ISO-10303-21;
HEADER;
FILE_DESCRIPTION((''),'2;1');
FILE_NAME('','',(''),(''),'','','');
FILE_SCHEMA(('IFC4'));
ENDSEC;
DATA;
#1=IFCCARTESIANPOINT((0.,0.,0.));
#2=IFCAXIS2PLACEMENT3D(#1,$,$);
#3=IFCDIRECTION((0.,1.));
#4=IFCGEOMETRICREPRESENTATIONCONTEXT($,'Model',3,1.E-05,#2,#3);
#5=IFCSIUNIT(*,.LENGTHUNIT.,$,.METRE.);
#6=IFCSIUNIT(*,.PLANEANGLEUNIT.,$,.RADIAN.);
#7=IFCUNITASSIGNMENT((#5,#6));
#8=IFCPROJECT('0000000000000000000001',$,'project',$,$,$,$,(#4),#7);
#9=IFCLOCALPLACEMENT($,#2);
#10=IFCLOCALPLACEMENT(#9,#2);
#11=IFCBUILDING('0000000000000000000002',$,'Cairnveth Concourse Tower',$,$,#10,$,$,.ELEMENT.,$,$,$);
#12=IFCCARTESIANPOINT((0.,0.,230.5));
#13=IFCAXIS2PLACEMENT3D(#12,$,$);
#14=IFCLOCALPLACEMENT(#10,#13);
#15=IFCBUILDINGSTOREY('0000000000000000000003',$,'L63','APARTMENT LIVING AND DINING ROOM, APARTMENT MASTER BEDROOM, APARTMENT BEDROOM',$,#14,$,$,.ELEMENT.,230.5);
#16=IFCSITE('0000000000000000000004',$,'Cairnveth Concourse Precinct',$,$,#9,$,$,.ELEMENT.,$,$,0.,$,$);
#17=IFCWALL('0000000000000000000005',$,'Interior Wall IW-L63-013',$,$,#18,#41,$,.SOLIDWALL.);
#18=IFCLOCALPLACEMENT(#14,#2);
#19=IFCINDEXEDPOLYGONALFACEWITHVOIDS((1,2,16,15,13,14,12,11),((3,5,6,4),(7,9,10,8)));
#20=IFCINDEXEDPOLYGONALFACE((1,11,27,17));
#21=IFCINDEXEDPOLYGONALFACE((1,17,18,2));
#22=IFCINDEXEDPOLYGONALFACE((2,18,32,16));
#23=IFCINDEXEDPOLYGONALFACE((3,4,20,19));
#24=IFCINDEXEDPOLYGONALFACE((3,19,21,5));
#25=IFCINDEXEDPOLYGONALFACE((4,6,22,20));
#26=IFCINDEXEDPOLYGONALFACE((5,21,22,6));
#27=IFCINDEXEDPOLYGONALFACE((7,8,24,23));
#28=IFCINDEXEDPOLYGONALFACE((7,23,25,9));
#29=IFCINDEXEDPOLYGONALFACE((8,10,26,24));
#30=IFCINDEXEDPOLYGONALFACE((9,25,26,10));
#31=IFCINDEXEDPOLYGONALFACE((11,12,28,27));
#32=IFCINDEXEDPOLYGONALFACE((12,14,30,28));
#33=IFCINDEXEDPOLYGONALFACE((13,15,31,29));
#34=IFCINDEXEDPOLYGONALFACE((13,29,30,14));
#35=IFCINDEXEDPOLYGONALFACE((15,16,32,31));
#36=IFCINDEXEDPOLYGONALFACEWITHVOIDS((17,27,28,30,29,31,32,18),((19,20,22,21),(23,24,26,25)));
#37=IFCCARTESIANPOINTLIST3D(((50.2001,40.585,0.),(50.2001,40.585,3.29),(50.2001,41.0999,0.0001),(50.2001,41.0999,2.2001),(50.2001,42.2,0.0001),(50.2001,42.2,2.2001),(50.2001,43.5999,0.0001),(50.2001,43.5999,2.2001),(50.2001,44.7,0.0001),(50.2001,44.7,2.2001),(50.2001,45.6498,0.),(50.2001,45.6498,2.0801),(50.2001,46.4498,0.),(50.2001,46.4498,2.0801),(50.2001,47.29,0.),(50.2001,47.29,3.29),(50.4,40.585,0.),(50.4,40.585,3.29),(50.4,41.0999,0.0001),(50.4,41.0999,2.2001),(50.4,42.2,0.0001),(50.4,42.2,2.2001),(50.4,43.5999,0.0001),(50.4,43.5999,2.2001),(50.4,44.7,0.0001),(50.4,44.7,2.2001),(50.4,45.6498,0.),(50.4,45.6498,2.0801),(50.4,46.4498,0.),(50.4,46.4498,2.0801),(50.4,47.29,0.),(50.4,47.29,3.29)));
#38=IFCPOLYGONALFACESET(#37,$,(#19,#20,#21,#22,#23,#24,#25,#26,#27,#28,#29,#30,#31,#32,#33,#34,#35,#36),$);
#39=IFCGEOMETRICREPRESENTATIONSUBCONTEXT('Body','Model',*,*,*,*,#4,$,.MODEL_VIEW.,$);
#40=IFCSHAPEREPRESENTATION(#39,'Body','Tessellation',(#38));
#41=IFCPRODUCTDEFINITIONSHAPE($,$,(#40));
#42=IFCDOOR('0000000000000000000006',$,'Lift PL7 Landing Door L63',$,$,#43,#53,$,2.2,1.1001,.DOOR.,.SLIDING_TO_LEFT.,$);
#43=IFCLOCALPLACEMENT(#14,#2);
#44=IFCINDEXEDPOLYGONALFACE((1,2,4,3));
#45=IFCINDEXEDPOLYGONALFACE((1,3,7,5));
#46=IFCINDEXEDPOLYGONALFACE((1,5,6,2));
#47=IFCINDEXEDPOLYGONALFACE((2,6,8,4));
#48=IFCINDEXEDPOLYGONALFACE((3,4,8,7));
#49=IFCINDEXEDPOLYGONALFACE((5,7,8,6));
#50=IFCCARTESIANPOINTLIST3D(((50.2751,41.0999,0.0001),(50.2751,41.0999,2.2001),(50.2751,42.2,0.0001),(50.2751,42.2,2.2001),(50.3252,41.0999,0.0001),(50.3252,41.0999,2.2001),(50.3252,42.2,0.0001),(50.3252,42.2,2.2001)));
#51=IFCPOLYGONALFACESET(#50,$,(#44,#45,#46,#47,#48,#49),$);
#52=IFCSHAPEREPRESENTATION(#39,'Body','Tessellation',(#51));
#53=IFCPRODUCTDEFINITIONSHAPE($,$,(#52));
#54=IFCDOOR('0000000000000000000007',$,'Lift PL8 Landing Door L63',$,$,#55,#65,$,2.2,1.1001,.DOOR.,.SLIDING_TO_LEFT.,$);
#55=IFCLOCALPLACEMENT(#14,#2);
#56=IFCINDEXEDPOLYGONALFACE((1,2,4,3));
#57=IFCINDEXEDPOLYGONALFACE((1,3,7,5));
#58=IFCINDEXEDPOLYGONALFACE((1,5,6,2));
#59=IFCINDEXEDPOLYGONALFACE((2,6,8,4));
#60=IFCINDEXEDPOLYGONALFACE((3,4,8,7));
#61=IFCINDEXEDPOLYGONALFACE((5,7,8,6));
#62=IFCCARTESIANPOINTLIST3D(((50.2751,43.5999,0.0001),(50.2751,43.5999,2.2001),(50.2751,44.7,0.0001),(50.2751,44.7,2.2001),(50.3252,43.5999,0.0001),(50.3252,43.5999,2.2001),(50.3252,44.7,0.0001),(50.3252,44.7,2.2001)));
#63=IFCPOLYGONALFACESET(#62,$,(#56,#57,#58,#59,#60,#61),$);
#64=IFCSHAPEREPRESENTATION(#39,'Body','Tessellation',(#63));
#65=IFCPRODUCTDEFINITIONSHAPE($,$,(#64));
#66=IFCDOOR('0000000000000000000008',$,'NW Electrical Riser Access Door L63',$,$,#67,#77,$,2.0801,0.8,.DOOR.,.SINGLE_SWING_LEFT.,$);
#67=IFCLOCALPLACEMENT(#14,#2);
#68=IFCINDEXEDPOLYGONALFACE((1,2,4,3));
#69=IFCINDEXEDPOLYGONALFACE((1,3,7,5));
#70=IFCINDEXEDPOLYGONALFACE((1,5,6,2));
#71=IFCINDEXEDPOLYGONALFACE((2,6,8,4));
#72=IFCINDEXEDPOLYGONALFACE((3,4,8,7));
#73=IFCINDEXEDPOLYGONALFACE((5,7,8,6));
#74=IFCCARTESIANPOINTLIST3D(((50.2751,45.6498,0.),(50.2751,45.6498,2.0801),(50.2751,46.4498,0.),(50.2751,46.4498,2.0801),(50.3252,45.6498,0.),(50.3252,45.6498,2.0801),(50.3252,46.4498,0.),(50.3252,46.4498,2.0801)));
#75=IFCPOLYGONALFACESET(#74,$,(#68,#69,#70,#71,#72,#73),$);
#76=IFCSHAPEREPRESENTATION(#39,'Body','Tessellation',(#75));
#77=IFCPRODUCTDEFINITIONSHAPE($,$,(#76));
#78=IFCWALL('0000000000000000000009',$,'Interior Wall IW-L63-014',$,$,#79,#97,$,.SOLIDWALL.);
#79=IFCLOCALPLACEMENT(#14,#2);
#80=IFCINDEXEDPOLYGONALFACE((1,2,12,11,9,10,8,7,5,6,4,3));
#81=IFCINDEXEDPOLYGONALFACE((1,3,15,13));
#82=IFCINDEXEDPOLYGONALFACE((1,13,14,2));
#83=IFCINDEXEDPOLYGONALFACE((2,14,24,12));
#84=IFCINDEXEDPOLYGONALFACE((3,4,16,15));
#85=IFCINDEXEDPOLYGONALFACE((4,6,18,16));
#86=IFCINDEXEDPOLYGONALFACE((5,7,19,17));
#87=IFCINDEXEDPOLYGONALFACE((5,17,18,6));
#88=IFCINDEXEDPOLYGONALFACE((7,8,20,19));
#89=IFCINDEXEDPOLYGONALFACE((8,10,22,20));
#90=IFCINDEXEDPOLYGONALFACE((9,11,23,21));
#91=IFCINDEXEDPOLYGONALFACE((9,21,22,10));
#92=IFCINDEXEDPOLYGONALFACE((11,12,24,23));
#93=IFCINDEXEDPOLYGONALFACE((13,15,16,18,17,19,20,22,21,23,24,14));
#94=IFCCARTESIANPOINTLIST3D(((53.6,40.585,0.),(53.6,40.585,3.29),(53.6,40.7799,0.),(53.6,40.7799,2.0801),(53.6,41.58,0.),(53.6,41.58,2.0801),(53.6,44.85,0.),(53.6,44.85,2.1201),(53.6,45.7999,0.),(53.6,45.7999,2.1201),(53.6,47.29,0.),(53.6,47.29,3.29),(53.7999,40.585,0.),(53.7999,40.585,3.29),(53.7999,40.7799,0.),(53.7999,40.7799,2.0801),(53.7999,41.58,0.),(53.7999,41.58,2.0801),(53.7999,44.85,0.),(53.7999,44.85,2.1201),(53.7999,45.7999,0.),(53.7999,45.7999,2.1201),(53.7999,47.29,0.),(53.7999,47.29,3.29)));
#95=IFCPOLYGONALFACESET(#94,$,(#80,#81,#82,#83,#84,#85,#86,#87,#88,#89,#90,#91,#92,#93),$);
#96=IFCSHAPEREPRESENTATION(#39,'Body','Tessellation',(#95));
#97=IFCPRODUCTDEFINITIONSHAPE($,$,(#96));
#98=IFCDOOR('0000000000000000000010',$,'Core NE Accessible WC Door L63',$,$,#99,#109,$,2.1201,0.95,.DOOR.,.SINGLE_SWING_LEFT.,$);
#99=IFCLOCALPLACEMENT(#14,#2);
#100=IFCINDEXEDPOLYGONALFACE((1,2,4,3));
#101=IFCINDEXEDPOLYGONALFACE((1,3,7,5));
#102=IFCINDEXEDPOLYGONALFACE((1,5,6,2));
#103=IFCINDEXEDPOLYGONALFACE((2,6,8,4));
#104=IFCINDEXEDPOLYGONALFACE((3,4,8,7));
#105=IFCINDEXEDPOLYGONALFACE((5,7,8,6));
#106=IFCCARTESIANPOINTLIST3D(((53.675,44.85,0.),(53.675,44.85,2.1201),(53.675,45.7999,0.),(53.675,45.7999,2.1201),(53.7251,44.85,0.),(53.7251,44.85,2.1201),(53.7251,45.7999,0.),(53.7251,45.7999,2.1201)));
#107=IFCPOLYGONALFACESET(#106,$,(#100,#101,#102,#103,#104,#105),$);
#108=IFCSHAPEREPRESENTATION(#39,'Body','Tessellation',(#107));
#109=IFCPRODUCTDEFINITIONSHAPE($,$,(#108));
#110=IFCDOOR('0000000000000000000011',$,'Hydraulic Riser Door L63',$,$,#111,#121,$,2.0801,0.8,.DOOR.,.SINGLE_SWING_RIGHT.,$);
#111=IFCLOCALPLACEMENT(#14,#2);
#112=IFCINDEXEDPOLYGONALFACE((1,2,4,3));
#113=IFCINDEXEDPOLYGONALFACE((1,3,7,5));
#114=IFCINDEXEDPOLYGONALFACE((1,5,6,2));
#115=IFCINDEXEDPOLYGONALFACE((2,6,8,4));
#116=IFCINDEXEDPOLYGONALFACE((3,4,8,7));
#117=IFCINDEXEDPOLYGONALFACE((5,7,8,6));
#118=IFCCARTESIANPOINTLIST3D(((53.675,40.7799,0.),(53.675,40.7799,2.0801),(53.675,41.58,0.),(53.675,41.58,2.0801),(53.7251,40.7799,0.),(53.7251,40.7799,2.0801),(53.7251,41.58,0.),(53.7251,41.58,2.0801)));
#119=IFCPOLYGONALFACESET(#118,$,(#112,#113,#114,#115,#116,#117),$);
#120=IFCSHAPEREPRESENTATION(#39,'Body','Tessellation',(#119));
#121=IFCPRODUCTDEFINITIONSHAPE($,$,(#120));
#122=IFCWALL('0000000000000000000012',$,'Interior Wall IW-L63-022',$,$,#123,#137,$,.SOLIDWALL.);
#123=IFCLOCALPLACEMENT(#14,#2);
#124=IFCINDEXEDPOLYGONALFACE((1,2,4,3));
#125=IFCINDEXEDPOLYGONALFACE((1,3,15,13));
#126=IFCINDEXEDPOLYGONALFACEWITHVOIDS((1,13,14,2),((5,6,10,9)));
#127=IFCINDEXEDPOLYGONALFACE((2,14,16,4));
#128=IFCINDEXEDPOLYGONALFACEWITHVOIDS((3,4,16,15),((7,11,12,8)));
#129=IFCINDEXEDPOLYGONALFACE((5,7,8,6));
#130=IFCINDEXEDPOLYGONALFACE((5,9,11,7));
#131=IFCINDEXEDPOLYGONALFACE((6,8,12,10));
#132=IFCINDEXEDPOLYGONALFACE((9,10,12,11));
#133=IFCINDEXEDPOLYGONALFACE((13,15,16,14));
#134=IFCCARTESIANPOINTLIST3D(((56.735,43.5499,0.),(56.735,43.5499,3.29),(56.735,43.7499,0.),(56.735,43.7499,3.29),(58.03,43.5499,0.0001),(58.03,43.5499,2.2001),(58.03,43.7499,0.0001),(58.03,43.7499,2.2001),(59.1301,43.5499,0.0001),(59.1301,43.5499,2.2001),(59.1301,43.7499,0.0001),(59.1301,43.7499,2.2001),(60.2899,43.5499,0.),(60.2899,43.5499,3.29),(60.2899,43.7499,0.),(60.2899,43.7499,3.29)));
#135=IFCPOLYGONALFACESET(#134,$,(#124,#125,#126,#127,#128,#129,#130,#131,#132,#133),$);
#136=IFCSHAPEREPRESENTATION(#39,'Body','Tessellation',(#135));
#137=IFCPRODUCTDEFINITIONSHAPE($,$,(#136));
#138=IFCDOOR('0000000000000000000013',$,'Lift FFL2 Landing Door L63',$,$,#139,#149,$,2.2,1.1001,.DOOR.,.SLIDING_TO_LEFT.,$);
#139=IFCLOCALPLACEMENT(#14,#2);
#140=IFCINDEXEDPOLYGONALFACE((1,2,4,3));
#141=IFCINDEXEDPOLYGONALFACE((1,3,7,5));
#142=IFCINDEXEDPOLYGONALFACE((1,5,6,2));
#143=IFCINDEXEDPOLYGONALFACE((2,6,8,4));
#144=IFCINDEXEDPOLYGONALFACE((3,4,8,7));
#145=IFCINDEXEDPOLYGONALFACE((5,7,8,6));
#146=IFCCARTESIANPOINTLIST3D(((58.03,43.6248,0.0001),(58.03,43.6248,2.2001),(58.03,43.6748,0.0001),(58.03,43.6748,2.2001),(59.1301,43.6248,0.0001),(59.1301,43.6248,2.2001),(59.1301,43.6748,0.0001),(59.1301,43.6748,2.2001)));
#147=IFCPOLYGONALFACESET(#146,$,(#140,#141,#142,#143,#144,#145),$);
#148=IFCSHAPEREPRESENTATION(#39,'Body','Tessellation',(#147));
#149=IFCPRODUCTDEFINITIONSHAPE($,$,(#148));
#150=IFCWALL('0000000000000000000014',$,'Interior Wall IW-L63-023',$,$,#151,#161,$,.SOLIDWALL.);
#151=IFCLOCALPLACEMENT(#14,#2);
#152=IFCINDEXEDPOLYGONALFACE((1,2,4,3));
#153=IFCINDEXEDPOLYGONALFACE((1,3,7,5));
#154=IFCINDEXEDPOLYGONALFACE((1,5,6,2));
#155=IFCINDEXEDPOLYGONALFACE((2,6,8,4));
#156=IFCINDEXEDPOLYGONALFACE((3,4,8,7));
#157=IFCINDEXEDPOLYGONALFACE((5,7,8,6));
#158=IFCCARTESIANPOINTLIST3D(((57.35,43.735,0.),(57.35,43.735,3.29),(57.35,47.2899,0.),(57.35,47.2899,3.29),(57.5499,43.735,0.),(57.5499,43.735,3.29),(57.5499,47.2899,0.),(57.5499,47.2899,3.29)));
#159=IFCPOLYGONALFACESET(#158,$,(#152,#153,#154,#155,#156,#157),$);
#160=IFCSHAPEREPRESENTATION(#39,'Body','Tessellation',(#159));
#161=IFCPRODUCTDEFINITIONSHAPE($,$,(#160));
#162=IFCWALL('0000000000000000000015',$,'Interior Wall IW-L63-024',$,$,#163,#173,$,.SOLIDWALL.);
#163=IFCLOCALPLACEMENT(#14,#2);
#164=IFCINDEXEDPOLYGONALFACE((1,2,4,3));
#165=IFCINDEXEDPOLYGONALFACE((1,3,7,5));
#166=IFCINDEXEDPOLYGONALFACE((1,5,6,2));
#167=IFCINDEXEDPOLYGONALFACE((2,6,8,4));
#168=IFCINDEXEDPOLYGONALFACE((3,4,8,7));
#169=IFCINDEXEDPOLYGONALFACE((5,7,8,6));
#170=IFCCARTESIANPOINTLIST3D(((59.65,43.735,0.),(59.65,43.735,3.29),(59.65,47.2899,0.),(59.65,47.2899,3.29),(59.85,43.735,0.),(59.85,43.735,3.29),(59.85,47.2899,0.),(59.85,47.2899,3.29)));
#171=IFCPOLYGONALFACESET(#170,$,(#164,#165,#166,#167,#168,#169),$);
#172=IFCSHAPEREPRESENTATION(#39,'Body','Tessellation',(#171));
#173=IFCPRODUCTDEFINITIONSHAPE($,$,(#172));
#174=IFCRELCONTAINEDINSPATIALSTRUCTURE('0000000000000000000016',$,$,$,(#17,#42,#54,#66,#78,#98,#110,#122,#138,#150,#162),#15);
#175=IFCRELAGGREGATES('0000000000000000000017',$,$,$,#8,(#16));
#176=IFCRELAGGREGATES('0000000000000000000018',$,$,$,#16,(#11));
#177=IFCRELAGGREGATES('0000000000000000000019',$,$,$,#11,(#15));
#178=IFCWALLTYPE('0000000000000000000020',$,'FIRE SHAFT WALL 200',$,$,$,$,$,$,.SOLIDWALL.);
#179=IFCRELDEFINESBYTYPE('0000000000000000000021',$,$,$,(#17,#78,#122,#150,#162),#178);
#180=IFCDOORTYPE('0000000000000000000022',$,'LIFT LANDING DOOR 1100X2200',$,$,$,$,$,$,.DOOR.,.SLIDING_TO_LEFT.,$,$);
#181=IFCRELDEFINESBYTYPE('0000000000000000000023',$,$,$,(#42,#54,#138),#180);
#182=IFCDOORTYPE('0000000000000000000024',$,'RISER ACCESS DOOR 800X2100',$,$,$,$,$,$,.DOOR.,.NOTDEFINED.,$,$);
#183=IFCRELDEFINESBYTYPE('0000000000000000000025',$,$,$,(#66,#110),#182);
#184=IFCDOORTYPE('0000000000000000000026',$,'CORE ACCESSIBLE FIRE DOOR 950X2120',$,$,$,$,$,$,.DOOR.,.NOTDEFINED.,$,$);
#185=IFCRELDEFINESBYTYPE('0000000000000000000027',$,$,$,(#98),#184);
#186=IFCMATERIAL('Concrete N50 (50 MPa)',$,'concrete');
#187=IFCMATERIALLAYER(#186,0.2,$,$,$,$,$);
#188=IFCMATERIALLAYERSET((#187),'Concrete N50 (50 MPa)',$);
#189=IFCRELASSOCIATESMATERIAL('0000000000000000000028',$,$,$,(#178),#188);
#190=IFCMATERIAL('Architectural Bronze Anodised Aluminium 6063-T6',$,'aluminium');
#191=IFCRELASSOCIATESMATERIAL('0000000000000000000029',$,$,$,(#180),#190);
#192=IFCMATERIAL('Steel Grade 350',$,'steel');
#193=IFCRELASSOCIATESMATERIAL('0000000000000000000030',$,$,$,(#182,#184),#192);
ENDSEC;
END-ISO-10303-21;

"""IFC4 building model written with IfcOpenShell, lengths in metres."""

from ifc_helpers import new_model, si_unit, direction, frame, frame_2d, origin, place, context, subcontext, project, spatial, rectangle, extrude, material, layer, layer_set, type_object, element, fill, save


model = new_model("IFC4")

# Units and contexts
model_context = context("Model", 3, precision=1e-05, world=origin(), true_north=direction((0.0, 1.0)))
body_context = subcontext(model_context, "Body", "Model", "MODEL_VIEW")
ifc_project = project(units=[si_unit("LENGTHUNIT", "METRE"), si_unit("PLANEANGLEUNIT", "RADIAN")], contexts=[model_context])

# Site, building, storey
site_placement = place(None, origin())
site = spatial("IfcSite", under=ifc_project, at=site_placement, Name="Cairnveth Concourse Precinct", CompositionType="ELEMENT", RefElevation=0.0)
building_placement = place(site_placement, origin())
building = spatial("IfcBuilding", under=site, at=building_placement, Name="Cairnveth Concourse Tower", CompositionType="ELEMENT")
storey_placement = place(building_placement, frame((0.0, 0.0, 230.5)))
storey = spatial("IfcBuildingStorey", under=building, at=storey_placement, Name="L63", Description="APARTMENT LIVING AND DINING ROOM, APARTMENT MASTER BEDROOM, APARTMENT BEDROOM", CompositionType="ELEMENT", Elevation=230.5)

# Shared definitions
ifc_material_1 = material(Name="Steel Grade 350", Category="steel")

# Shared definitions
ifc_material_2 = material(Name="Concrete N50 (50 MPa)", Category="concrete")
ifc_layer_1 = layer(ifc_material_2, 0.2)
ifc_layer_set_1 = layer_set([ifc_layer_1], Name="Concrete N50 (50 MPa)")
wall_type_1 = type_object("IfcWallType", Name="FIRE SHAFT WALL 200", PredefinedType="SOLIDWALL", material=ifc_layer_set_1)

# Walls, openings, doors
wall_1_placement = place(storey_placement, frame((50.3, 40.585, 0.0), z_axis=(0.0, 0.0, 1.0), x_axis=(0.0, 1.0, 0.0)))
wall_1 = element("IfcWall", 1, at=wall_1_placement, inside=storey, type_object=wall_type_1, Name="Interior Wall IW-L63-013", PredefinedType="SOLIDWALL", context=body_context, shape_type="SweptSolid", body=[
    extrude(rectangle(XDim=6.7051, YDim=0.2, at=frame_2d((3.3525, 0.0))), origin(), (0.0, 0.0, 1.0), 3.29),
])
opening_1_placement = place(wall_1_placement, frame((0.5149, 0.0, 0.0)))
opening_1 = element("IfcOpeningElement", 2, at=opening_1_placement, cuts=wall_1, PredefinedType="OPENING", context=body_context, shape_type="SweptSolid", body=[
    extrude(rectangle(XDim=1.1001, YDim=2.2, at=frame_2d((0.55, 1.1001))), frame((0.0, 0.1099, 0.0), z_axis=(0.0, -1.0, 0.0), x_axis=(1.0, 0.0, 0.0)), (0.0, 0.0, 1.0), 0.22),
])
opening_2_placement = place(wall_1_placement, frame((3.0149, 0.0, 0.0)))
opening_2 = element("IfcOpeningElement", 3, at=opening_2_placement, cuts=wall_1, PredefinedType="OPENING", context=body_context, shape_type="SweptSolid", body=[
    extrude(rectangle(XDim=1.1001, YDim=2.2, at=frame_2d((0.55, 1.1001))), frame((0.0, 0.1099, 0.0), z_axis=(0.0, -1.0, 0.0), x_axis=(1.0, 0.0, 0.0)), (0.0, 0.0, 1.0), 0.22),
])
opening_3_placement = place(wall_1_placement, frame((5.0649, 0.0, 0.0)))
opening_3 = element("IfcOpeningElement", 4, at=opening_3_placement, cuts=wall_1, PredefinedType="OPENING", context=body_context, shape_type="SweptSolid", body=[
    extrude(rectangle(XDim=0.8, YDim=2.0801, at=frame_2d((0.3999, 1.04))), frame((0.0, 0.1099, 0.0), z_axis=(0.0, -1.0, 0.0), x_axis=(1.0, 0.0, 0.0)), (0.0, 0.0, 1.0), 0.22),
])
ifc_material_3 = material(Name="Architectural Bronze Anodised Aluminium 6063-T6", Category="aluminium")
door_type_1 = type_object("IfcDoorType", Name="LIFT LANDING DOOR 1100X2200", OperationType="SLIDING_TO_LEFT", PredefinedType="DOOR", material=ifc_material_3)
door_1_placement = place(opening_1_placement, origin())
door_1 = element("IfcDoor", 5, at=door_1_placement, inside=storey, type_object=door_type_1, Name="Lift PL7 Landing Door L63", OperationType="SLIDING_TO_LEFT", OverallHeight=2.2, OverallWidth=1.1001, PredefinedType="DOOR", context=body_context, shape_type="SweptSolid", body=[
    extrude(rectangle(XDim=1.1001, YDim=2.2, at=frame_2d((0.55, 1.1001))), frame((0.0, 0.0249, 0.0), z_axis=(0.0, -1.0, 0.0), x_axis=(1.0, 0.0, 0.0)), (0.0, 0.0, 1.0), 0.05),
])
fill(opening_1, door_1)
door_2_placement = place(opening_2_placement, origin())
door_2 = element("IfcDoor", 6, at=door_2_placement, inside=storey, type_object=door_type_1, Name="Lift PL8 Landing Door L63", OperationType="SLIDING_TO_LEFT", OverallHeight=2.2, OverallWidth=1.1001, PredefinedType="DOOR", context=body_context, shape_type="SweptSolid", body=[
    extrude(rectangle(XDim=1.1001, YDim=2.2, at=frame_2d((0.55, 1.1001))), frame((0.0, 0.0249, 0.0), z_axis=(0.0, -1.0, 0.0), x_axis=(1.0, 0.0, 0.0)), (0.0, 0.0, 1.0), 0.05),
])
fill(opening_2, door_2)
door_type_2 = type_object("IfcDoorType", Name="RISER ACCESS DOOR 800X2100", OperationType="NOTDEFINED", PredefinedType="DOOR", material=ifc_material_1)
door_3_placement = place(opening_3_placement, origin())
door_3 = element("IfcDoor", 7, at=door_3_placement, inside=storey, type_object=door_type_2, Name="NW Electrical Riser Access Door L63", OperationType="SINGLE_SWING_LEFT", OverallHeight=2.0801, OverallWidth=0.8, PredefinedType="DOOR", context=body_context, shape_type="SweptSolid", body=[
    extrude(rectangle(XDim=0.8, YDim=2.0801, at=frame_2d((0.3999, 1.04))), frame((0.0, 0.0249, 0.0), z_axis=(0.0, -1.0, 0.0), x_axis=(1.0, 0.0, 0.0)), (0.0, 0.0, 1.0), 0.05),
])
fill(opening_3, door_3)
wall_2_placement = place(storey_placement, frame((53.7, 40.585, 0.0), z_axis=(0.0, 0.0, 1.0), x_axis=(0.0, 1.0, 0.0)))
wall_2 = element("IfcWall", 8, at=wall_2_placement, inside=storey, type_object=wall_type_1, Name="Interior Wall IW-L63-014", PredefinedType="SOLIDWALL", context=body_context, shape_type="SweptSolid", body=[
    extrude(rectangle(XDim=6.7051, YDim=0.2, at=frame_2d((3.3525, 0.0))), origin(), (0.0, 0.0, 1.0), 3.29),
])
opening_4_placement = place(wall_2_placement, frame((0.1951, 0.0, 0.0)))
opening_4 = element("IfcOpeningElement", 9, at=opening_4_placement, cuts=wall_2, PredefinedType="OPENING", context=body_context, shape_type="SweptSolid", body=[
    extrude(rectangle(XDim=0.8, YDim=2.0801, at=frame_2d((0.3999, 1.04))), frame((0.0, 0.1099, 0.0), z_axis=(0.0, -1.0, 0.0), x_axis=(1.0, 0.0, 0.0)), (0.0, 0.0, 1.0), 0.22),
])
opening_5_placement = place(wall_2_placement, frame((4.2649, 0.0, 0.0)))
opening_5 = element("IfcOpeningElement", 10, at=opening_5_placement, cuts=wall_2, PredefinedType="OPENING", context=body_context, shape_type="SweptSolid", body=[
    extrude(rectangle(XDim=0.95, YDim=2.1201, at=frame_2d((0.4751, 1.0601))), frame((0.0, 0.1099, 0.0), z_axis=(0.0, -1.0, 0.0), x_axis=(1.0, 0.0, 0.0)), (0.0, 0.0, 1.0), 0.22),
])
door_type_3 = type_object("IfcDoorType", Name="CORE ACCESSIBLE FIRE DOOR 950X2120", OperationType="NOTDEFINED", PredefinedType="DOOR", material=ifc_material_1)
door_4_placement = place(opening_5_placement, origin())
door_4 = element("IfcDoor", 11, at=door_4_placement, inside=storey, type_object=door_type_3, Name="Core NE Accessible WC Door L63", OperationType="SINGLE_SWING_LEFT", OverallHeight=2.1201, OverallWidth=0.95, PredefinedType="DOOR", context=body_context, shape_type="SweptSolid", body=[
    extrude(rectangle(XDim=0.95, YDim=2.1201, at=frame_2d((0.4751, 1.0601))), frame((0.0, 0.0249, 0.0), z_axis=(0.0, -1.0, 0.0), x_axis=(1.0, 0.0, 0.0)), (0.0, 0.0, 1.0), 0.05),
])
fill(opening_5, door_4)
door_5_placement = place(opening_4_placement, origin())
door_5 = element("IfcDoor", 12, at=door_5_placement, inside=storey, type_object=door_type_2, Name="Hydraulic Riser Door L63", OperationType="SINGLE_SWING_RIGHT", OverallHeight=2.0801, OverallWidth=0.8, PredefinedType="DOOR", context=body_context, shape_type="SweptSolid", body=[
    extrude(rectangle(XDim=0.8, YDim=2.0801, at=frame_2d((0.3999, 1.04))), frame((0.0, 0.0249, 0.0), z_axis=(0.0, -1.0, 0.0), x_axis=(1.0, 0.0, 0.0)), (0.0, 0.0, 1.0), 0.05),
])
fill(opening_4, door_5)

# Wall, opening, door
wall_3_placement = place(storey_placement, frame((56.7351, 43.6499, 0.0), z_axis=(0.0, 0.0, 1.0), x_axis=(1.0, 0.0, 0.0)))
wall_3 = element("IfcWall", 13, at=wall_3_placement, inside=storey, type_object=wall_type_1, Name="Interior Wall IW-L63-022", PredefinedType="SOLIDWALL", context=body_context, shape_type="SweptSolid", body=[
    extrude(rectangle(XDim=3.5549, YDim=0.2, at=frame_2d((1.7773, 0.0))), origin(), (0.0, 0.0, 1.0), 3.29),
])
opening_6_placement = place(wall_3_placement, frame((1.2949, 0.0, 0.0)))
opening_6 = element("IfcOpeningElement", 14, at=opening_6_placement, cuts=wall_3, PredefinedType="OPENING", context=body_context, shape_type="SweptSolid", body=[
    extrude(rectangle(XDim=1.1001, YDim=2.2, at=frame_2d((0.55, 1.1001))), frame((0.0, 0.1099, 0.0), z_axis=(0.0, -1.0, 0.0), x_axis=(1.0, 0.0, 0.0)), (0.0, 0.0, 1.0), 0.22),
])
door_6_placement = place(opening_6_placement, origin())
door_6 = element("IfcDoor", 15, at=door_6_placement, inside=storey, type_object=door_type_1, Name="Lift FFL2 Landing Door L63", OperationType="SLIDING_TO_LEFT", OverallHeight=2.2, OverallWidth=1.1001, PredefinedType="DOOR", context=body_context, shape_type="SweptSolid", body=[
    extrude(rectangle(XDim=1.1001, YDim=2.2, at=frame_2d((0.55, 1.1001))), frame((0.0, 0.0249, 0.0), z_axis=(0.0, -1.0, 0.0), x_axis=(1.0, 0.0, 0.0)), (0.0, 0.0, 1.0), 0.05),
])
fill(opening_6, door_6)

# Walls
for number, where, z_axis, x_axis, name in (
    (16, (57.45, 43.7351, 0.0), (0.0, 0.0, 1.0), (0.0, 1.0, 0.0), "Interior Wall IW-L63-023"),
    (17, (59.75, 43.7351, 0.0), (0.0, 0.0, 1.0), (0.0, 1.0, 0.0), "Interior Wall IW-L63-024"),
):
    element("IfcWall", number, at=place(storey_placement, frame(where, z_axis=z_axis, x_axis=x_axis)), inside=storey, type_object=wall_type_1, Name=name, PredefinedType="SOLIDWALL", context=body_context, shape_type="SweptSolid", body=[
        extrude(rectangle(XDim=3.5549, YDim=0.2, at=frame_2d((1.7773, 0.0))), origin(), (0.0, 0.0, 1.0), 3.29),
    ])

save(model, "model.ifc")
